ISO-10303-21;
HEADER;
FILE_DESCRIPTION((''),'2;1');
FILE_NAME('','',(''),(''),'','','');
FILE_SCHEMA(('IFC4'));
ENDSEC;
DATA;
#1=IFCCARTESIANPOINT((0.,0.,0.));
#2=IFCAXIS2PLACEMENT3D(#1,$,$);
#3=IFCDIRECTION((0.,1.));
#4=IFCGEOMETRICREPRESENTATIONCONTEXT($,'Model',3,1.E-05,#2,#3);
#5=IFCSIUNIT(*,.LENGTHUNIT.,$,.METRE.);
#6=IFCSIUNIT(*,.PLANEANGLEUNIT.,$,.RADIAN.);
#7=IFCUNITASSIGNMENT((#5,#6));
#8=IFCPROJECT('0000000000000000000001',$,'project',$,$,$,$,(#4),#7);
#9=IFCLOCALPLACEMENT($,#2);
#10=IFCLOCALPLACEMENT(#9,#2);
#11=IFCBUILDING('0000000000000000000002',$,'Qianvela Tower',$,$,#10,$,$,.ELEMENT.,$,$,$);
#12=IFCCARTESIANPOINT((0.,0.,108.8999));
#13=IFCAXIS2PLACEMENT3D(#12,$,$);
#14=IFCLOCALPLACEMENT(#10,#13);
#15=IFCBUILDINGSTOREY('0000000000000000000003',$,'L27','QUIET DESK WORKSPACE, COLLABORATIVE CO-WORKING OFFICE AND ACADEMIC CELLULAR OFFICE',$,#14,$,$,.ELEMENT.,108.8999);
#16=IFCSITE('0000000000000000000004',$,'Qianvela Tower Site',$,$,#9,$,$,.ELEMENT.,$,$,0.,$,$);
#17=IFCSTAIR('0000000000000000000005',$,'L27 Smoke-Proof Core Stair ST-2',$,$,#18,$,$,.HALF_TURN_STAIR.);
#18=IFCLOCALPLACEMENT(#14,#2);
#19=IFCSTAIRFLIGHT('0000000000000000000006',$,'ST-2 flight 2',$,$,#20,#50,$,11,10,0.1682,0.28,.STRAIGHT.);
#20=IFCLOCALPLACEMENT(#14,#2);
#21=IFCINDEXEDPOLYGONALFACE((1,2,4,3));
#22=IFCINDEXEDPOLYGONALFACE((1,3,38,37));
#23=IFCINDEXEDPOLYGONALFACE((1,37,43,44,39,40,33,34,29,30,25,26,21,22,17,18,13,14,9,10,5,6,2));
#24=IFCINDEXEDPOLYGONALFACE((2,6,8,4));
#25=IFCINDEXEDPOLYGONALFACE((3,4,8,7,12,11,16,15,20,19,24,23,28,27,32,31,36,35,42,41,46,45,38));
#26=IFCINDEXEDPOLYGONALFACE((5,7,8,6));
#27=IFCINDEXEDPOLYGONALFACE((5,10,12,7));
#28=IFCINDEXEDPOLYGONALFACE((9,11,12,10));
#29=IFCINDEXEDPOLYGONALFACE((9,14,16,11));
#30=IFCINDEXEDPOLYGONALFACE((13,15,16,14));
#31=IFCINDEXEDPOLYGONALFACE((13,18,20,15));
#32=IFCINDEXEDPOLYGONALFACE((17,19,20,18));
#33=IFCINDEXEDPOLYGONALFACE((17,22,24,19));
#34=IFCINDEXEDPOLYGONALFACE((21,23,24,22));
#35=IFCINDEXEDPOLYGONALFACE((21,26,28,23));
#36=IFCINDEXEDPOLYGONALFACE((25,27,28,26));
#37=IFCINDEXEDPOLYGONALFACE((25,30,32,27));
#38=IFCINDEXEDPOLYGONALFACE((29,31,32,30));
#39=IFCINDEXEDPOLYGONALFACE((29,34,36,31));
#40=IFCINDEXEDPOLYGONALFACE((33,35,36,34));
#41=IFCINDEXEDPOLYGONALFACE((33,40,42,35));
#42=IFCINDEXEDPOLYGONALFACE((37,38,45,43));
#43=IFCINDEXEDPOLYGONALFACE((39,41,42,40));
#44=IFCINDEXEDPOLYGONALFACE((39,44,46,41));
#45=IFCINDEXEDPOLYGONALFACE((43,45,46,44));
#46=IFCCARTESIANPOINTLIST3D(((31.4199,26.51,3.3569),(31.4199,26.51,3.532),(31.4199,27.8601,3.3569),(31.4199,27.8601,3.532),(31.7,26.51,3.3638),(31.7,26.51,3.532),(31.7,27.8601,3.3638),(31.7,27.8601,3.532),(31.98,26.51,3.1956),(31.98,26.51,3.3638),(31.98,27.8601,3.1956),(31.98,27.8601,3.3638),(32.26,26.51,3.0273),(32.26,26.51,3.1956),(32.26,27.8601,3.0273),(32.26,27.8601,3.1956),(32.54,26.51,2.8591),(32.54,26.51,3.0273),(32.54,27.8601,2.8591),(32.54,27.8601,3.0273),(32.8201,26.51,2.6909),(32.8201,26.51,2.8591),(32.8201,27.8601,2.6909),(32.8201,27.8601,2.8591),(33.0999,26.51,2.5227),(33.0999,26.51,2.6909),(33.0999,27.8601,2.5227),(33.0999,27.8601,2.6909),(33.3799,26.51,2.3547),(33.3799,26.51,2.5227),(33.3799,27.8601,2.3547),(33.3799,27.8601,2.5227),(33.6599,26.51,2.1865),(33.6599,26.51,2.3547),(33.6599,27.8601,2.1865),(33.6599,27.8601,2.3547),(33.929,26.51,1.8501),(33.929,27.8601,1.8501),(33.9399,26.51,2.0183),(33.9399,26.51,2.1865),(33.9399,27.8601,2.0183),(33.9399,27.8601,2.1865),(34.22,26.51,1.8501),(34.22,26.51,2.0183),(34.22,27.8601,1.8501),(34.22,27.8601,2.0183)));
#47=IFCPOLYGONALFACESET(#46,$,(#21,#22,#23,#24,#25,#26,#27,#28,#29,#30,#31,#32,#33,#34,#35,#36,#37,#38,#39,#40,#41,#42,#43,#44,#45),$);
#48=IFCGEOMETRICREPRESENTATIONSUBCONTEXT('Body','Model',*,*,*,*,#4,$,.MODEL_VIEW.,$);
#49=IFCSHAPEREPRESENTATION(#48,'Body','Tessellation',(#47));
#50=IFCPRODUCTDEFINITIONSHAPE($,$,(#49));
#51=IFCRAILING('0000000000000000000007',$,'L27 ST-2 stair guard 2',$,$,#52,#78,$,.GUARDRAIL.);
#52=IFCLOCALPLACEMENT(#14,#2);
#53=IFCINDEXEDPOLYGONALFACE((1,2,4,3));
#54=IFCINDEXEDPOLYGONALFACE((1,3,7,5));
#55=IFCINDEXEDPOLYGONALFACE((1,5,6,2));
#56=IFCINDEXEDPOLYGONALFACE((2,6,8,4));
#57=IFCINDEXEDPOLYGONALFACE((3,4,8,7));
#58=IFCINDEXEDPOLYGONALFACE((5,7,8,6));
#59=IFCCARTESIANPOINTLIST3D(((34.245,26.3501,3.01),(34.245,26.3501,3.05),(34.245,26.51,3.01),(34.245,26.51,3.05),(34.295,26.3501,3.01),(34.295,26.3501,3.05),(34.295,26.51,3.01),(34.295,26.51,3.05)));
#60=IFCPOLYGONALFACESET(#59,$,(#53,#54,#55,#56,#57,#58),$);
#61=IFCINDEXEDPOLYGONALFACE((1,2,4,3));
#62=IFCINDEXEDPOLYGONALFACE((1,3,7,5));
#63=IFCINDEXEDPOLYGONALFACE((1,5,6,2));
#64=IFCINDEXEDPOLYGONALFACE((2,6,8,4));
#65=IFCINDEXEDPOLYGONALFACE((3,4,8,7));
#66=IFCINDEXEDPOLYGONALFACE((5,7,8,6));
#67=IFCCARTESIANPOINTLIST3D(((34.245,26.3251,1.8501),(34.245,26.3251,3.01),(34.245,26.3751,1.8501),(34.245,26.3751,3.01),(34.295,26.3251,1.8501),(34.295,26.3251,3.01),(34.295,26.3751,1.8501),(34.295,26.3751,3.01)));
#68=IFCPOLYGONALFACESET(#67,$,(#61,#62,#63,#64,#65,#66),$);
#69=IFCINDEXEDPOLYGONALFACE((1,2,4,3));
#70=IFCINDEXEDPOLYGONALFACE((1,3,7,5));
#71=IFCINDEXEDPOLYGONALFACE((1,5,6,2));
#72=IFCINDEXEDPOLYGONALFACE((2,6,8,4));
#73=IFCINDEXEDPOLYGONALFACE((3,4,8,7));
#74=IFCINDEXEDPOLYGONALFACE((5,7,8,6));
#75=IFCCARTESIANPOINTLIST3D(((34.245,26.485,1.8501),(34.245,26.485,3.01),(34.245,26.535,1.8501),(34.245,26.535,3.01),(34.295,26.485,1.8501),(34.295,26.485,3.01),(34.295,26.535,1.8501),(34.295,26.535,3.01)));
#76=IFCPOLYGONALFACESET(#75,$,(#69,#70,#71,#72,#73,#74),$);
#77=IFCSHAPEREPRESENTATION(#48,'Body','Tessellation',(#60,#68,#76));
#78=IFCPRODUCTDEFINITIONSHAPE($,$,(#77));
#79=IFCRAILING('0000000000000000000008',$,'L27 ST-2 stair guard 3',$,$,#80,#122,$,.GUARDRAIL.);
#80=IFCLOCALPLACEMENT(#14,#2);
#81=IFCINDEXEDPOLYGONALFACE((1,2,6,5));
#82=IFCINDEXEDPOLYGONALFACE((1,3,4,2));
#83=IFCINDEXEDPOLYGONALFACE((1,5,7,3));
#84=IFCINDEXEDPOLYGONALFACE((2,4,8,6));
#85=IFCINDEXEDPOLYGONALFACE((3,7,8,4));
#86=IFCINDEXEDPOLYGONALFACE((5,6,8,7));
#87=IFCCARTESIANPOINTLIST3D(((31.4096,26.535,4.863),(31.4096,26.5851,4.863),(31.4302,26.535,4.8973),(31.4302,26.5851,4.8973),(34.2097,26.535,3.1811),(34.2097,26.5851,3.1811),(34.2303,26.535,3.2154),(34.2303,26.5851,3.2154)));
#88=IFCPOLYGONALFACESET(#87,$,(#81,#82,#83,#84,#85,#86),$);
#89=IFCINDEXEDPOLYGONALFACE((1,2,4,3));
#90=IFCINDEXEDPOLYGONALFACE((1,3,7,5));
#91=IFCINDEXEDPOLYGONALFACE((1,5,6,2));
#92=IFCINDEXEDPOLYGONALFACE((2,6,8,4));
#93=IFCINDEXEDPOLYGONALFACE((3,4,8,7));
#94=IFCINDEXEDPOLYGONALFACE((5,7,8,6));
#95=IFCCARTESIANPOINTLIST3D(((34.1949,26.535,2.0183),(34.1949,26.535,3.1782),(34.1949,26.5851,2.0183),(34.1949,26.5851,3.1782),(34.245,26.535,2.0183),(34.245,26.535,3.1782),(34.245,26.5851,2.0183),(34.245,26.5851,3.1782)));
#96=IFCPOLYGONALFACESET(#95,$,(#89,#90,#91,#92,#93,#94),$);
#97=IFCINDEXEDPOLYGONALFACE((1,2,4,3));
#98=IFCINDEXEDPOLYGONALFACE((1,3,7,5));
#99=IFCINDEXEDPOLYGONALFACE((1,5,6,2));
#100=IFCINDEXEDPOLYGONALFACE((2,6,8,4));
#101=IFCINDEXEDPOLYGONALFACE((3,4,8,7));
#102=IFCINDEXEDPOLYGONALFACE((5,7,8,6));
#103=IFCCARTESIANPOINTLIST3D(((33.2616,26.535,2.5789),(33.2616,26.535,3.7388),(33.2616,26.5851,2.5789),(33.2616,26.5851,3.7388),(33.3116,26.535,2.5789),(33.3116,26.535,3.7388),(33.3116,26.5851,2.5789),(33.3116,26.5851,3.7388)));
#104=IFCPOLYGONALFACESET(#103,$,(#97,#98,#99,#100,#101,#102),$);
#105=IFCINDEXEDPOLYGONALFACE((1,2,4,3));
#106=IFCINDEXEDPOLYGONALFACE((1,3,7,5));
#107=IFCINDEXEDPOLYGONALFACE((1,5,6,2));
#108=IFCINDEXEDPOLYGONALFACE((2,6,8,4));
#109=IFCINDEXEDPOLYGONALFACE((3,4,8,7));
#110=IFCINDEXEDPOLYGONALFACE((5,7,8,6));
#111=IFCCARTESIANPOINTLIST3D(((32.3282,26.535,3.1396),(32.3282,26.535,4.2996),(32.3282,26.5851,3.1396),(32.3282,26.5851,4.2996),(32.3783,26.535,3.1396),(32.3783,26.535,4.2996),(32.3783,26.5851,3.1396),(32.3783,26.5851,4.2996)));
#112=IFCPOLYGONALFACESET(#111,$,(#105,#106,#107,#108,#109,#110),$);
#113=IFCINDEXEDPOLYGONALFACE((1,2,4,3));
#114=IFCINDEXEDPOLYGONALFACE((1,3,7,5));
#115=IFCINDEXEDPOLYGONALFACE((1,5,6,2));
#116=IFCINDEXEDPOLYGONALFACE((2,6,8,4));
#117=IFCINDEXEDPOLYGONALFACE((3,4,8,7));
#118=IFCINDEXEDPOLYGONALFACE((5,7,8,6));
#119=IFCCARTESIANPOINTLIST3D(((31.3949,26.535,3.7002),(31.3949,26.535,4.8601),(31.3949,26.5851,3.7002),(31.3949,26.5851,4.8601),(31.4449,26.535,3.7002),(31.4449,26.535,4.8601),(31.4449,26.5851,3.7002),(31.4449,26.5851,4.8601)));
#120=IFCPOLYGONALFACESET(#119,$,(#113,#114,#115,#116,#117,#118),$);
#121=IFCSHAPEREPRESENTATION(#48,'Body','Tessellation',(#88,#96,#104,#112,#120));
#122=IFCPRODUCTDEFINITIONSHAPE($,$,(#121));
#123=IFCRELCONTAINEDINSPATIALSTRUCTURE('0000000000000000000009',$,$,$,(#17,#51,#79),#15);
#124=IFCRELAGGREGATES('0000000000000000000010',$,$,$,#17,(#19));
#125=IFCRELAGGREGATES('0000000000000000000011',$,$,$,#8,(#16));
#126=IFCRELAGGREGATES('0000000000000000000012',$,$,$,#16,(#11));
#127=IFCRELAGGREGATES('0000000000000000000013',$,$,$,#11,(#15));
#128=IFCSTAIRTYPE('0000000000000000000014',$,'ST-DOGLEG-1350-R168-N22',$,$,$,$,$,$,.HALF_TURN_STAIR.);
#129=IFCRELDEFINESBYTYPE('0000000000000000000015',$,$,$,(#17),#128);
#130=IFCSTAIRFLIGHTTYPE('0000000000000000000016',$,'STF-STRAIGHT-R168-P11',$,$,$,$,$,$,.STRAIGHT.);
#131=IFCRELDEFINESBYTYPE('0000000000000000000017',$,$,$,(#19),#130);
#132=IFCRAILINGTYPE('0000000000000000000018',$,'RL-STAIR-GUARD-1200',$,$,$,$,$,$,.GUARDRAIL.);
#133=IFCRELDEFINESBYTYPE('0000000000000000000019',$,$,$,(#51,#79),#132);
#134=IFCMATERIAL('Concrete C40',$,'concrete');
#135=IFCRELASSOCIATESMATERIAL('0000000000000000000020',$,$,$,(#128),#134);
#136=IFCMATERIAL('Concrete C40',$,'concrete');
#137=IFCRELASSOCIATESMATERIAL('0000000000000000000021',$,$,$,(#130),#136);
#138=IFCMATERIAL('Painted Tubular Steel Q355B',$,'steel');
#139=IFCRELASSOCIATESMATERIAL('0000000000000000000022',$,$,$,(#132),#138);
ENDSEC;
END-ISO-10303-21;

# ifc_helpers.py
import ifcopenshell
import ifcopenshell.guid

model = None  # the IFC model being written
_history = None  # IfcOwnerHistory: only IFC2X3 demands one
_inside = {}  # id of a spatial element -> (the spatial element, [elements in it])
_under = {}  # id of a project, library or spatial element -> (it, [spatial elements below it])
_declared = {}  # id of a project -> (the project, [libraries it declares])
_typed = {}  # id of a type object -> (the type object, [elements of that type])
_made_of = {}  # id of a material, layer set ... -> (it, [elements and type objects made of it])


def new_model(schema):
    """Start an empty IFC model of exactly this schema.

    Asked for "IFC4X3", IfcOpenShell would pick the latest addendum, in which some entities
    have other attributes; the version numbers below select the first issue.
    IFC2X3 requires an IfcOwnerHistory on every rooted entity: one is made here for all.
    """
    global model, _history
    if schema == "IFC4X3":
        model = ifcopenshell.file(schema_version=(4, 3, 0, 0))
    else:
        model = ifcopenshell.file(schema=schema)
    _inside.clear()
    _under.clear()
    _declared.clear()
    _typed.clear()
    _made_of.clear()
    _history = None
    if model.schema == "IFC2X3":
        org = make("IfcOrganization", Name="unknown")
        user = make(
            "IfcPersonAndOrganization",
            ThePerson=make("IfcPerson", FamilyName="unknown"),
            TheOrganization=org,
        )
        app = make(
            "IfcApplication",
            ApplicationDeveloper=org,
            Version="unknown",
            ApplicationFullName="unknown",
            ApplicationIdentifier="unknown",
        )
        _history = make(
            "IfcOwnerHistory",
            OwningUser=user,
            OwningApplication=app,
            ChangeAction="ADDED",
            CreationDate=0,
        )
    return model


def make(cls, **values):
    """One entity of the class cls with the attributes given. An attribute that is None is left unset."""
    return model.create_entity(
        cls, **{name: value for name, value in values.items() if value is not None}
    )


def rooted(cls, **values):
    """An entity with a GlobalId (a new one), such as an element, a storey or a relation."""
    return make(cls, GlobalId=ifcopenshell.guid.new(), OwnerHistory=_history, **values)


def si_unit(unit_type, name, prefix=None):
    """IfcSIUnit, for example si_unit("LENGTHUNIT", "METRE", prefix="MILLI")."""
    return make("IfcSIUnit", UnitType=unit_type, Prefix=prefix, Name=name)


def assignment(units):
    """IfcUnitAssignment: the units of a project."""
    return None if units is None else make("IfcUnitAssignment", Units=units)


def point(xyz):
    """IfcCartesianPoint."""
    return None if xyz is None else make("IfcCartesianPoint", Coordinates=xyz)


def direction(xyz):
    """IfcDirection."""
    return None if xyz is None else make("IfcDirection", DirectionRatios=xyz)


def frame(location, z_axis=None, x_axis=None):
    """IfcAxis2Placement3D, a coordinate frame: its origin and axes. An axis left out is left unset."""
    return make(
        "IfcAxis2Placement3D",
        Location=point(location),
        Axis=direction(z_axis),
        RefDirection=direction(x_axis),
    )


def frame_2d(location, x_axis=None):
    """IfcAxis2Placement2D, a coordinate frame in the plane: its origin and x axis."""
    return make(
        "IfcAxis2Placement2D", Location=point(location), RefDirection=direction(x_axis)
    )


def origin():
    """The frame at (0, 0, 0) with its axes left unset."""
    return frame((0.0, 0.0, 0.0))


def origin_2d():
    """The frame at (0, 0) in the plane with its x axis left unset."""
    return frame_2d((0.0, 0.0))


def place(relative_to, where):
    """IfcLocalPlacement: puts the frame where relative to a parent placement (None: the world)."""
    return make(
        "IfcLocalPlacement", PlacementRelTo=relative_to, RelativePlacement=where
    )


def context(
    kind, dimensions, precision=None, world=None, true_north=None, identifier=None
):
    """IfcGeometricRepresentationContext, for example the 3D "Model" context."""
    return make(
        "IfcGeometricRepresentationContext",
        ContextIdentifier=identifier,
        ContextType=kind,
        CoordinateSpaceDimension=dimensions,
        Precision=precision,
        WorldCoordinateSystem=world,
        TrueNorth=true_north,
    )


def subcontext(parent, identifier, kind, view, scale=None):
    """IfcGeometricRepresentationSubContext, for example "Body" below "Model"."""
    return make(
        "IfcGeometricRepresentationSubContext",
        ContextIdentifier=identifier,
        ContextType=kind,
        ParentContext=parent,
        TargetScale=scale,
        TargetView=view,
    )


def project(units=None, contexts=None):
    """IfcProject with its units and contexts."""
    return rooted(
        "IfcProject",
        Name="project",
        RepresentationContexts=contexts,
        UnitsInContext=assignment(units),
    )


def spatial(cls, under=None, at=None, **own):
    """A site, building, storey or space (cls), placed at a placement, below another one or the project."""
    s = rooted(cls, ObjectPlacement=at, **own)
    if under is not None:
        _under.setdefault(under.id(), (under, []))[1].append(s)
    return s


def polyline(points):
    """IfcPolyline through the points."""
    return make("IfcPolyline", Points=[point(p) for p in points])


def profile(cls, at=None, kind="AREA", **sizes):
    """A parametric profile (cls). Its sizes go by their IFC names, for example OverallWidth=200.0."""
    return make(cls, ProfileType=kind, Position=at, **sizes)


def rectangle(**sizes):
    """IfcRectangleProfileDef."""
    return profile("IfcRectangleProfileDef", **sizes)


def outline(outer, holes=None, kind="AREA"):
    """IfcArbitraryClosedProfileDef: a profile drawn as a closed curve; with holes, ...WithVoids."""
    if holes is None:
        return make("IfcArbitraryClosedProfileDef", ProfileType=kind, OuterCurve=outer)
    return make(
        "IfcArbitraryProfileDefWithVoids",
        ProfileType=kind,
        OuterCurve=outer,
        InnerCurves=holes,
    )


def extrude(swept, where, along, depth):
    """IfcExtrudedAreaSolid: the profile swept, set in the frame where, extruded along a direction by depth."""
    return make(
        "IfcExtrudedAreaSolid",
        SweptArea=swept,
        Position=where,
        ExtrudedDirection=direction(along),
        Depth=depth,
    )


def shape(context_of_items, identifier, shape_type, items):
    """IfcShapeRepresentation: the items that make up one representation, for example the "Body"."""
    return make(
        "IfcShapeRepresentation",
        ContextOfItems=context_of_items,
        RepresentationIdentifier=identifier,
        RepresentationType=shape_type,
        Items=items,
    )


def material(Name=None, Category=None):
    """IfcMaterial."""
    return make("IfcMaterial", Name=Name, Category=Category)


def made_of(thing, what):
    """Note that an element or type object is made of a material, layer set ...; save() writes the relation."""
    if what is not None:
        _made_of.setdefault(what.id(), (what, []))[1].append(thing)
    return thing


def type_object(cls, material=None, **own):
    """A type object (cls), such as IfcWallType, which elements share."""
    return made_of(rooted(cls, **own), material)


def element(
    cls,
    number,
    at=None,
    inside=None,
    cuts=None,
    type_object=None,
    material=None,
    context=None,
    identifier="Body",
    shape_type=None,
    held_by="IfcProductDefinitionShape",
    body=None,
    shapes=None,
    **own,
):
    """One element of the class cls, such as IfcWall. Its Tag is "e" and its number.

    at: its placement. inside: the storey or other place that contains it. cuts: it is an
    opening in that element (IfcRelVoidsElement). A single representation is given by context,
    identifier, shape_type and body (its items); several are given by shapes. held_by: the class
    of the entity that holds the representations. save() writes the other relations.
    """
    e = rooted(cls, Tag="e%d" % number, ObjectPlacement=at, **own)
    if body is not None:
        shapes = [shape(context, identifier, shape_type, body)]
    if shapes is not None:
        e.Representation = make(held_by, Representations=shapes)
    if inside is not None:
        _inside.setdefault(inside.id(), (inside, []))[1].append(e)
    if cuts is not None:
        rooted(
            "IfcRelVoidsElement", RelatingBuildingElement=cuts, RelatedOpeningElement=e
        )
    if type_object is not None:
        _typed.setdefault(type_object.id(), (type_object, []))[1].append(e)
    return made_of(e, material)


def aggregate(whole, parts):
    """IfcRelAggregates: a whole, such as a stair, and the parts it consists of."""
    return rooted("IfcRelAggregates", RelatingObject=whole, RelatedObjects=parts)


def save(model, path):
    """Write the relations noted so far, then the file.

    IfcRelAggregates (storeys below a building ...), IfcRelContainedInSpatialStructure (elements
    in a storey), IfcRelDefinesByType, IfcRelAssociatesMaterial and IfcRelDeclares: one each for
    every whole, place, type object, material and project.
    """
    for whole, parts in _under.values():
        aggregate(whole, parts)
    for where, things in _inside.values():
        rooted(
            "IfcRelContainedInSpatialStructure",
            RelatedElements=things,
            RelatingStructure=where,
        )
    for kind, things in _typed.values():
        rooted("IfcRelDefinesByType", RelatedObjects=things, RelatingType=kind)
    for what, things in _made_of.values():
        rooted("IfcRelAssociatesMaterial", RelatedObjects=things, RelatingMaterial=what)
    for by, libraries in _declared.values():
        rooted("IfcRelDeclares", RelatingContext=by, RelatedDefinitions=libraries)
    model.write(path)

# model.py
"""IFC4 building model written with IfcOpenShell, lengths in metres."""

from ifc_helpers import new_model, si_unit, direction, frame, origin, origin_2d, place, context, subcontext, project, spatial, polyline, rectangle, outline, extrude, material, type_object, element, aggregate, save


model = new_model("IFC4")

# Units and contexts
model_context = context("Model", 3, precision=1e-05, world=origin(), true_north=direction((0.0, 1.0)))
body_context = subcontext(model_context, "Body", "Model", "MODEL_VIEW")
ifc_project = project(units=[si_unit("LENGTHUNIT", "METRE"), si_unit("PLANEANGLEUNIT", "RADIAN")], contexts=[model_context])

# Site, building, storey
site_placement = place(None, origin())
site = spatial("IfcSite", under=ifc_project, at=site_placement, Name="Qianvela Tower Site", CompositionType="ELEMENT", RefElevation=0.0)
building_placement = place(site_placement, origin())
building = spatial("IfcBuilding", under=site, at=building_placement, Name="Qianvela Tower", CompositionType="ELEMENT")
storey_placement = place(building_placement, frame((0.0, 0.0, 108.8999)))
storey = spatial("IfcBuildingStorey", under=building, at=storey_placement, Name="L27", Description="QUIET DESK WORKSPACE, COLLABORATIVE CO-WORKING OFFICE AND ACADEMIC CELLULAR OFFICE", CompositionType="ELEMENT", Elevation=108.8999)

# Stair, stair flight
ifc_material_1 = material(Name="Concrete C40", Category="concrete")
stair_type = type_object("IfcStairType", Name="ST-DOGLEG-1350-R168-N22", PredefinedType="HALF_TURN_STAIR", material=ifc_material_1)
stair_placement = place(storey_placement, origin())
stair = element("IfcStair", 1, at=stair_placement, inside=storey, type_object=stair_type, Name="L27 Smoke-Proof Core Stair ST-2", PredefinedType="HALF_TURN_STAIR")
ifc_material_2 = material(Name="Concrete C40", Category="concrete")
stair_flight_type = type_object("IfcStairFlightType", Name="STF-STRAIGHT-R168-P11", PredefinedType="STRAIGHT", material=ifc_material_2)
stair_flight_placement = place(storey_placement, frame((34.22, 27.1851, 1.8501), z_axis=(0.0, 0.0, 1.0), x_axis=(-1.0, 0.0, 0.0)))
stair_flight = element("IfcStairFlight", 2, at=stair_flight_placement, type_object=stair_flight_type, Name="ST-2 flight 2", NumberOfRisers=11, NumberOfTreads=10, PredefinedType="STRAIGHT", RiserHeight=0.1682, TreadLength=0.28, context=body_context, shape_type="SweptSolid", body=[
    extrude(outline(polyline([(0.0, 0.0), (0.0, 0.1682), (0.28, 0.1682), (0.28, 0.3364), (0.5601, 0.3364), (0.5601, 0.5046), (0.8401, 0.5046), (0.8401, 0.6726), (1.1201, 0.6726), (1.1201, 0.8408), (1.3999, 0.8408), (1.3999, 1.009), (1.6799, 1.009), (1.6799, 1.1772), (1.96, 1.1772), (1.96, 1.3455), (2.24, 1.3455), (2.24, 1.5137), (2.52, 1.5137), (2.52, 1.6819), (2.8, 1.6819), (2.8, 1.8501), (2.8, 1.5068), (0.291, 0.0), (0.0, 0.0)])), frame((0.0, 0.675, 0.0), z_axis=(0.0, -1.0, 0.0), x_axis=(1.0, 0.0, 0.0)), (0.0, 0.0, 1.0), 1.3501),
])
aggregate(stair, [stair_flight])

# Railings
ifc_material_3 = material(Name="Painted Tubular Steel Q355B", Category="steel")
railing_type = type_object("IfcRailingType", Name="RL-STAIR-GUARD-1200", PredefinedType="GUARDRAIL", material=ifc_material_3)
railing_1_placement = place(storey_placement, frame((34.27, 26.3501, 1.8501)))
element("IfcRailing", 3, at=railing_1_placement, inside=storey, type_object=railing_type, Name="L27 ST-2 stair guard 2", PredefinedType="GUARDRAIL", context=body_context, shape_type="SweptSolid", body=[
    extrude(rectangle(XDim=0.05, YDim=0.04, at=origin_2d()), frame((0.0, 0.0, 1.1799), z_axis=(0.0, 1.0, 0.0), x_axis=(-1.0, 0.0, 0.0)), (0.0, 0.0, 1.0), 0.1599),
    extrude(rectangle(XDim=0.05, YDim=0.05, at=origin_2d()), origin(), (0.0, 0.0, 1.0), 1.1599),
    extrude(rectangle(XDim=0.05, YDim=0.05, at=origin_2d()), frame((0.0, 0.1599, 0.0)), (0.0, 0.0, 1.0), 1.1599),
])
railing_2_placement = place(storey_placement, frame((34.22, 26.5601, 2.0183)))
element("IfcRailing", 4, at=railing_2_placement, inside=storey, type_object=railing_type, Name="L27 ST-2 stair guard 3", PredefinedType="GUARDRAIL", context=body_context, shape_type="SweptSolid", body=[
    extrude(rectangle(XDim=0.05, YDim=0.04, at=origin_2d()), frame((0.0, 0.0, 1.1799), z_axis=(-0.857242, 0.0, 0.514913), x_axis=(0.0, -1.0, 0.0)), (0.0, 0.0, 1.0), 3.2664),
    extrude(rectangle(XDim=0.05, YDim=0.05, at=origin_2d()), origin(), (0.0, 0.0, 1.0), 1.1599),
    extrude(rectangle(XDim=0.05, YDim=0.05, at=origin_2d()), frame((-0.9333, 0.0, 0.5605)), (0.0, 0.0, 1.0), 1.1599),
    extrude(rectangle(XDim=0.05, YDim=0.05, at=origin_2d()), frame((-1.8667, 0.0, 1.1213)), (0.0, 0.0, 1.0), 1.1599),
    extrude(rectangle(XDim=0.05, YDim=0.05, at=origin_2d()), frame((-2.8, 0.0, 1.6819)), (0.0, 0.0, 1.0), 1.1599),
])

save(model, "model.ifc")
